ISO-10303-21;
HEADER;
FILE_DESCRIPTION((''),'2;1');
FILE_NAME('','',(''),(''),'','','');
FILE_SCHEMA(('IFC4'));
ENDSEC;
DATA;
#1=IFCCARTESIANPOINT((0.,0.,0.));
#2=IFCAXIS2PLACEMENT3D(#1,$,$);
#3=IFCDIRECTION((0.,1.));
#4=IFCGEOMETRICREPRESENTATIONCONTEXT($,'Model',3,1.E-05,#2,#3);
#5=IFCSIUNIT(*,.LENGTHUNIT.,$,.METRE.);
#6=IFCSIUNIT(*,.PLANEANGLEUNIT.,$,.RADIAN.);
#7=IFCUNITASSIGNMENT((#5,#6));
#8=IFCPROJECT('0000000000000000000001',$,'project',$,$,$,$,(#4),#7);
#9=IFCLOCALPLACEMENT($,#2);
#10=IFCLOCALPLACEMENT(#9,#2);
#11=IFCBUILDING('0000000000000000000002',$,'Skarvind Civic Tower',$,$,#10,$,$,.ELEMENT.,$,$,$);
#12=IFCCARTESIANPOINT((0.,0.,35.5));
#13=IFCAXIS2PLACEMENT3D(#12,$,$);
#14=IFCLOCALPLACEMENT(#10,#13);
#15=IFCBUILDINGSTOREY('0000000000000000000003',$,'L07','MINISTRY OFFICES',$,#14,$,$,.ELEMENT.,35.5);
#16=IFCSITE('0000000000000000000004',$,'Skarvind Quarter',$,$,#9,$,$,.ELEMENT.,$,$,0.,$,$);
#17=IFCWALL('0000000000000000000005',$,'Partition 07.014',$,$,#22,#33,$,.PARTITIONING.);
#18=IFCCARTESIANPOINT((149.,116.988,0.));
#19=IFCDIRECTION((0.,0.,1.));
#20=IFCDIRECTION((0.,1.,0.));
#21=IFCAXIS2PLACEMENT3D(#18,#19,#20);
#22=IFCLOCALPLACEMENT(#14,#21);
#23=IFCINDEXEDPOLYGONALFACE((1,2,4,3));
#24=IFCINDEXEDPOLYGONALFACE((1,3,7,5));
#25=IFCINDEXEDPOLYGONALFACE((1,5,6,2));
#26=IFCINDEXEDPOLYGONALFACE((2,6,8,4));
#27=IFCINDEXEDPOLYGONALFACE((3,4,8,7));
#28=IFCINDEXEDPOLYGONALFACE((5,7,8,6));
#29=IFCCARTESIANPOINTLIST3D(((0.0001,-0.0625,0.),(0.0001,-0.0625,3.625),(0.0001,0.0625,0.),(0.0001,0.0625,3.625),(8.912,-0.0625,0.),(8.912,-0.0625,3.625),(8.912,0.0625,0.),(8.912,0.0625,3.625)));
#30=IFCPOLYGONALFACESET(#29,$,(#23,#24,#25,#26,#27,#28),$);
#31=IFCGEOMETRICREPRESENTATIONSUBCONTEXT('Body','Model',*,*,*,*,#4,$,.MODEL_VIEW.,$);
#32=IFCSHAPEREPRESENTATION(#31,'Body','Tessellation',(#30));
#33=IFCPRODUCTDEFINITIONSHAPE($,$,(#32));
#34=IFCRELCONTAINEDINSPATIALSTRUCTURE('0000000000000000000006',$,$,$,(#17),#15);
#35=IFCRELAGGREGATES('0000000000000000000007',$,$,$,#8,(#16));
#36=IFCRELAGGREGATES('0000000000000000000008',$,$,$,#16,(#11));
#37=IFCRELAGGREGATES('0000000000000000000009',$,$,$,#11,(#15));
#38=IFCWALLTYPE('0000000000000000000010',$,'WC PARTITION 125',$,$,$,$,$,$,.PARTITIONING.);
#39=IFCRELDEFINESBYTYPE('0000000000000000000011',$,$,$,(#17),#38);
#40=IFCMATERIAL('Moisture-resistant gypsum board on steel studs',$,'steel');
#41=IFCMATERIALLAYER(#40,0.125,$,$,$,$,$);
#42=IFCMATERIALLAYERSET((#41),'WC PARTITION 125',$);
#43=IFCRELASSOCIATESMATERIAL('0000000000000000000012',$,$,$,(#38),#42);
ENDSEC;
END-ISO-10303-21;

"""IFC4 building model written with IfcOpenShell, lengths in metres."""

from ifc_helpers import new_model, si_unit, direction, frame, frame_2d, origin, place, context, subcontext, project, spatial, rectangle, extrude, material, layer, layer_set, type_object, element, save


model = new_model("IFC4")

# Units and contexts
model_context = context("Model", 3, precision=1e-05, world=origin(), true_north=direction((0.0, 1.0)))
body_context = subcontext(model_context, "Body", "Model", "MODEL_VIEW")
ifc_project = project(units=[si_unit("LENGTHUNIT", "METRE"), si_unit("PLANEANGLEUNIT", "RADIAN")], contexts=[model_context])

# Site, building, storey
site_placement = place(None, origin())
site = spatial("IfcSite", under=ifc_project, at=site_placement, Name="Skarvind Quarter", CompositionType="ELEMENT", RefElevation=0.0)
building_placement = place(site_placement, origin())
building = spatial("IfcBuilding", under=site, at=building_placement, Name="Skarvind Civic Tower", CompositionType="ELEMENT")
storey_placement = place(building_placement, frame((0.0, 0.0, 35.5)))
storey = spatial("IfcBuildingStorey", under=building, at=storey_placement, Name="L07", Description="MINISTRY OFFICES", CompositionType="ELEMENT", Elevation=35.5)

# Shared definitions
ifc_material_1 = material(Name="Moisture-resistant gypsum board on steel studs", Category="steel")
ifc_layer_1 = layer(ifc_material_1, 0.125)
ifc_layer_set_1 = layer_set([ifc_layer_1], Name="WC PARTITION 125")
wall_type_1 = type_object("IfcWallType", Name="WC PARTITION 125", PredefinedType="PARTITIONING", material=ifc_layer_set_1)

# Wall
wall_1_placement = place(storey_placement, frame((149.0, 116.988, 0.0), z_axis=(0.0, 0.0, 1.0), x_axis=(0.0, 1.0, 0.0)))
element("IfcWall", 1, at=wall_1_placement, inside=storey, type_object=wall_type_1, Name="Partition 07.014", PredefinedType="PARTITIONING", context=body_context, shape_type="SweptSolid", body=[
    extrude(rectangle(XDim=8.9119, YDim=0.125, at=frame_2d((4.4561, 0.0))), origin(), (0.0, 0.0, 1.0), 3.625),
])

save(model, "model.ifc")
